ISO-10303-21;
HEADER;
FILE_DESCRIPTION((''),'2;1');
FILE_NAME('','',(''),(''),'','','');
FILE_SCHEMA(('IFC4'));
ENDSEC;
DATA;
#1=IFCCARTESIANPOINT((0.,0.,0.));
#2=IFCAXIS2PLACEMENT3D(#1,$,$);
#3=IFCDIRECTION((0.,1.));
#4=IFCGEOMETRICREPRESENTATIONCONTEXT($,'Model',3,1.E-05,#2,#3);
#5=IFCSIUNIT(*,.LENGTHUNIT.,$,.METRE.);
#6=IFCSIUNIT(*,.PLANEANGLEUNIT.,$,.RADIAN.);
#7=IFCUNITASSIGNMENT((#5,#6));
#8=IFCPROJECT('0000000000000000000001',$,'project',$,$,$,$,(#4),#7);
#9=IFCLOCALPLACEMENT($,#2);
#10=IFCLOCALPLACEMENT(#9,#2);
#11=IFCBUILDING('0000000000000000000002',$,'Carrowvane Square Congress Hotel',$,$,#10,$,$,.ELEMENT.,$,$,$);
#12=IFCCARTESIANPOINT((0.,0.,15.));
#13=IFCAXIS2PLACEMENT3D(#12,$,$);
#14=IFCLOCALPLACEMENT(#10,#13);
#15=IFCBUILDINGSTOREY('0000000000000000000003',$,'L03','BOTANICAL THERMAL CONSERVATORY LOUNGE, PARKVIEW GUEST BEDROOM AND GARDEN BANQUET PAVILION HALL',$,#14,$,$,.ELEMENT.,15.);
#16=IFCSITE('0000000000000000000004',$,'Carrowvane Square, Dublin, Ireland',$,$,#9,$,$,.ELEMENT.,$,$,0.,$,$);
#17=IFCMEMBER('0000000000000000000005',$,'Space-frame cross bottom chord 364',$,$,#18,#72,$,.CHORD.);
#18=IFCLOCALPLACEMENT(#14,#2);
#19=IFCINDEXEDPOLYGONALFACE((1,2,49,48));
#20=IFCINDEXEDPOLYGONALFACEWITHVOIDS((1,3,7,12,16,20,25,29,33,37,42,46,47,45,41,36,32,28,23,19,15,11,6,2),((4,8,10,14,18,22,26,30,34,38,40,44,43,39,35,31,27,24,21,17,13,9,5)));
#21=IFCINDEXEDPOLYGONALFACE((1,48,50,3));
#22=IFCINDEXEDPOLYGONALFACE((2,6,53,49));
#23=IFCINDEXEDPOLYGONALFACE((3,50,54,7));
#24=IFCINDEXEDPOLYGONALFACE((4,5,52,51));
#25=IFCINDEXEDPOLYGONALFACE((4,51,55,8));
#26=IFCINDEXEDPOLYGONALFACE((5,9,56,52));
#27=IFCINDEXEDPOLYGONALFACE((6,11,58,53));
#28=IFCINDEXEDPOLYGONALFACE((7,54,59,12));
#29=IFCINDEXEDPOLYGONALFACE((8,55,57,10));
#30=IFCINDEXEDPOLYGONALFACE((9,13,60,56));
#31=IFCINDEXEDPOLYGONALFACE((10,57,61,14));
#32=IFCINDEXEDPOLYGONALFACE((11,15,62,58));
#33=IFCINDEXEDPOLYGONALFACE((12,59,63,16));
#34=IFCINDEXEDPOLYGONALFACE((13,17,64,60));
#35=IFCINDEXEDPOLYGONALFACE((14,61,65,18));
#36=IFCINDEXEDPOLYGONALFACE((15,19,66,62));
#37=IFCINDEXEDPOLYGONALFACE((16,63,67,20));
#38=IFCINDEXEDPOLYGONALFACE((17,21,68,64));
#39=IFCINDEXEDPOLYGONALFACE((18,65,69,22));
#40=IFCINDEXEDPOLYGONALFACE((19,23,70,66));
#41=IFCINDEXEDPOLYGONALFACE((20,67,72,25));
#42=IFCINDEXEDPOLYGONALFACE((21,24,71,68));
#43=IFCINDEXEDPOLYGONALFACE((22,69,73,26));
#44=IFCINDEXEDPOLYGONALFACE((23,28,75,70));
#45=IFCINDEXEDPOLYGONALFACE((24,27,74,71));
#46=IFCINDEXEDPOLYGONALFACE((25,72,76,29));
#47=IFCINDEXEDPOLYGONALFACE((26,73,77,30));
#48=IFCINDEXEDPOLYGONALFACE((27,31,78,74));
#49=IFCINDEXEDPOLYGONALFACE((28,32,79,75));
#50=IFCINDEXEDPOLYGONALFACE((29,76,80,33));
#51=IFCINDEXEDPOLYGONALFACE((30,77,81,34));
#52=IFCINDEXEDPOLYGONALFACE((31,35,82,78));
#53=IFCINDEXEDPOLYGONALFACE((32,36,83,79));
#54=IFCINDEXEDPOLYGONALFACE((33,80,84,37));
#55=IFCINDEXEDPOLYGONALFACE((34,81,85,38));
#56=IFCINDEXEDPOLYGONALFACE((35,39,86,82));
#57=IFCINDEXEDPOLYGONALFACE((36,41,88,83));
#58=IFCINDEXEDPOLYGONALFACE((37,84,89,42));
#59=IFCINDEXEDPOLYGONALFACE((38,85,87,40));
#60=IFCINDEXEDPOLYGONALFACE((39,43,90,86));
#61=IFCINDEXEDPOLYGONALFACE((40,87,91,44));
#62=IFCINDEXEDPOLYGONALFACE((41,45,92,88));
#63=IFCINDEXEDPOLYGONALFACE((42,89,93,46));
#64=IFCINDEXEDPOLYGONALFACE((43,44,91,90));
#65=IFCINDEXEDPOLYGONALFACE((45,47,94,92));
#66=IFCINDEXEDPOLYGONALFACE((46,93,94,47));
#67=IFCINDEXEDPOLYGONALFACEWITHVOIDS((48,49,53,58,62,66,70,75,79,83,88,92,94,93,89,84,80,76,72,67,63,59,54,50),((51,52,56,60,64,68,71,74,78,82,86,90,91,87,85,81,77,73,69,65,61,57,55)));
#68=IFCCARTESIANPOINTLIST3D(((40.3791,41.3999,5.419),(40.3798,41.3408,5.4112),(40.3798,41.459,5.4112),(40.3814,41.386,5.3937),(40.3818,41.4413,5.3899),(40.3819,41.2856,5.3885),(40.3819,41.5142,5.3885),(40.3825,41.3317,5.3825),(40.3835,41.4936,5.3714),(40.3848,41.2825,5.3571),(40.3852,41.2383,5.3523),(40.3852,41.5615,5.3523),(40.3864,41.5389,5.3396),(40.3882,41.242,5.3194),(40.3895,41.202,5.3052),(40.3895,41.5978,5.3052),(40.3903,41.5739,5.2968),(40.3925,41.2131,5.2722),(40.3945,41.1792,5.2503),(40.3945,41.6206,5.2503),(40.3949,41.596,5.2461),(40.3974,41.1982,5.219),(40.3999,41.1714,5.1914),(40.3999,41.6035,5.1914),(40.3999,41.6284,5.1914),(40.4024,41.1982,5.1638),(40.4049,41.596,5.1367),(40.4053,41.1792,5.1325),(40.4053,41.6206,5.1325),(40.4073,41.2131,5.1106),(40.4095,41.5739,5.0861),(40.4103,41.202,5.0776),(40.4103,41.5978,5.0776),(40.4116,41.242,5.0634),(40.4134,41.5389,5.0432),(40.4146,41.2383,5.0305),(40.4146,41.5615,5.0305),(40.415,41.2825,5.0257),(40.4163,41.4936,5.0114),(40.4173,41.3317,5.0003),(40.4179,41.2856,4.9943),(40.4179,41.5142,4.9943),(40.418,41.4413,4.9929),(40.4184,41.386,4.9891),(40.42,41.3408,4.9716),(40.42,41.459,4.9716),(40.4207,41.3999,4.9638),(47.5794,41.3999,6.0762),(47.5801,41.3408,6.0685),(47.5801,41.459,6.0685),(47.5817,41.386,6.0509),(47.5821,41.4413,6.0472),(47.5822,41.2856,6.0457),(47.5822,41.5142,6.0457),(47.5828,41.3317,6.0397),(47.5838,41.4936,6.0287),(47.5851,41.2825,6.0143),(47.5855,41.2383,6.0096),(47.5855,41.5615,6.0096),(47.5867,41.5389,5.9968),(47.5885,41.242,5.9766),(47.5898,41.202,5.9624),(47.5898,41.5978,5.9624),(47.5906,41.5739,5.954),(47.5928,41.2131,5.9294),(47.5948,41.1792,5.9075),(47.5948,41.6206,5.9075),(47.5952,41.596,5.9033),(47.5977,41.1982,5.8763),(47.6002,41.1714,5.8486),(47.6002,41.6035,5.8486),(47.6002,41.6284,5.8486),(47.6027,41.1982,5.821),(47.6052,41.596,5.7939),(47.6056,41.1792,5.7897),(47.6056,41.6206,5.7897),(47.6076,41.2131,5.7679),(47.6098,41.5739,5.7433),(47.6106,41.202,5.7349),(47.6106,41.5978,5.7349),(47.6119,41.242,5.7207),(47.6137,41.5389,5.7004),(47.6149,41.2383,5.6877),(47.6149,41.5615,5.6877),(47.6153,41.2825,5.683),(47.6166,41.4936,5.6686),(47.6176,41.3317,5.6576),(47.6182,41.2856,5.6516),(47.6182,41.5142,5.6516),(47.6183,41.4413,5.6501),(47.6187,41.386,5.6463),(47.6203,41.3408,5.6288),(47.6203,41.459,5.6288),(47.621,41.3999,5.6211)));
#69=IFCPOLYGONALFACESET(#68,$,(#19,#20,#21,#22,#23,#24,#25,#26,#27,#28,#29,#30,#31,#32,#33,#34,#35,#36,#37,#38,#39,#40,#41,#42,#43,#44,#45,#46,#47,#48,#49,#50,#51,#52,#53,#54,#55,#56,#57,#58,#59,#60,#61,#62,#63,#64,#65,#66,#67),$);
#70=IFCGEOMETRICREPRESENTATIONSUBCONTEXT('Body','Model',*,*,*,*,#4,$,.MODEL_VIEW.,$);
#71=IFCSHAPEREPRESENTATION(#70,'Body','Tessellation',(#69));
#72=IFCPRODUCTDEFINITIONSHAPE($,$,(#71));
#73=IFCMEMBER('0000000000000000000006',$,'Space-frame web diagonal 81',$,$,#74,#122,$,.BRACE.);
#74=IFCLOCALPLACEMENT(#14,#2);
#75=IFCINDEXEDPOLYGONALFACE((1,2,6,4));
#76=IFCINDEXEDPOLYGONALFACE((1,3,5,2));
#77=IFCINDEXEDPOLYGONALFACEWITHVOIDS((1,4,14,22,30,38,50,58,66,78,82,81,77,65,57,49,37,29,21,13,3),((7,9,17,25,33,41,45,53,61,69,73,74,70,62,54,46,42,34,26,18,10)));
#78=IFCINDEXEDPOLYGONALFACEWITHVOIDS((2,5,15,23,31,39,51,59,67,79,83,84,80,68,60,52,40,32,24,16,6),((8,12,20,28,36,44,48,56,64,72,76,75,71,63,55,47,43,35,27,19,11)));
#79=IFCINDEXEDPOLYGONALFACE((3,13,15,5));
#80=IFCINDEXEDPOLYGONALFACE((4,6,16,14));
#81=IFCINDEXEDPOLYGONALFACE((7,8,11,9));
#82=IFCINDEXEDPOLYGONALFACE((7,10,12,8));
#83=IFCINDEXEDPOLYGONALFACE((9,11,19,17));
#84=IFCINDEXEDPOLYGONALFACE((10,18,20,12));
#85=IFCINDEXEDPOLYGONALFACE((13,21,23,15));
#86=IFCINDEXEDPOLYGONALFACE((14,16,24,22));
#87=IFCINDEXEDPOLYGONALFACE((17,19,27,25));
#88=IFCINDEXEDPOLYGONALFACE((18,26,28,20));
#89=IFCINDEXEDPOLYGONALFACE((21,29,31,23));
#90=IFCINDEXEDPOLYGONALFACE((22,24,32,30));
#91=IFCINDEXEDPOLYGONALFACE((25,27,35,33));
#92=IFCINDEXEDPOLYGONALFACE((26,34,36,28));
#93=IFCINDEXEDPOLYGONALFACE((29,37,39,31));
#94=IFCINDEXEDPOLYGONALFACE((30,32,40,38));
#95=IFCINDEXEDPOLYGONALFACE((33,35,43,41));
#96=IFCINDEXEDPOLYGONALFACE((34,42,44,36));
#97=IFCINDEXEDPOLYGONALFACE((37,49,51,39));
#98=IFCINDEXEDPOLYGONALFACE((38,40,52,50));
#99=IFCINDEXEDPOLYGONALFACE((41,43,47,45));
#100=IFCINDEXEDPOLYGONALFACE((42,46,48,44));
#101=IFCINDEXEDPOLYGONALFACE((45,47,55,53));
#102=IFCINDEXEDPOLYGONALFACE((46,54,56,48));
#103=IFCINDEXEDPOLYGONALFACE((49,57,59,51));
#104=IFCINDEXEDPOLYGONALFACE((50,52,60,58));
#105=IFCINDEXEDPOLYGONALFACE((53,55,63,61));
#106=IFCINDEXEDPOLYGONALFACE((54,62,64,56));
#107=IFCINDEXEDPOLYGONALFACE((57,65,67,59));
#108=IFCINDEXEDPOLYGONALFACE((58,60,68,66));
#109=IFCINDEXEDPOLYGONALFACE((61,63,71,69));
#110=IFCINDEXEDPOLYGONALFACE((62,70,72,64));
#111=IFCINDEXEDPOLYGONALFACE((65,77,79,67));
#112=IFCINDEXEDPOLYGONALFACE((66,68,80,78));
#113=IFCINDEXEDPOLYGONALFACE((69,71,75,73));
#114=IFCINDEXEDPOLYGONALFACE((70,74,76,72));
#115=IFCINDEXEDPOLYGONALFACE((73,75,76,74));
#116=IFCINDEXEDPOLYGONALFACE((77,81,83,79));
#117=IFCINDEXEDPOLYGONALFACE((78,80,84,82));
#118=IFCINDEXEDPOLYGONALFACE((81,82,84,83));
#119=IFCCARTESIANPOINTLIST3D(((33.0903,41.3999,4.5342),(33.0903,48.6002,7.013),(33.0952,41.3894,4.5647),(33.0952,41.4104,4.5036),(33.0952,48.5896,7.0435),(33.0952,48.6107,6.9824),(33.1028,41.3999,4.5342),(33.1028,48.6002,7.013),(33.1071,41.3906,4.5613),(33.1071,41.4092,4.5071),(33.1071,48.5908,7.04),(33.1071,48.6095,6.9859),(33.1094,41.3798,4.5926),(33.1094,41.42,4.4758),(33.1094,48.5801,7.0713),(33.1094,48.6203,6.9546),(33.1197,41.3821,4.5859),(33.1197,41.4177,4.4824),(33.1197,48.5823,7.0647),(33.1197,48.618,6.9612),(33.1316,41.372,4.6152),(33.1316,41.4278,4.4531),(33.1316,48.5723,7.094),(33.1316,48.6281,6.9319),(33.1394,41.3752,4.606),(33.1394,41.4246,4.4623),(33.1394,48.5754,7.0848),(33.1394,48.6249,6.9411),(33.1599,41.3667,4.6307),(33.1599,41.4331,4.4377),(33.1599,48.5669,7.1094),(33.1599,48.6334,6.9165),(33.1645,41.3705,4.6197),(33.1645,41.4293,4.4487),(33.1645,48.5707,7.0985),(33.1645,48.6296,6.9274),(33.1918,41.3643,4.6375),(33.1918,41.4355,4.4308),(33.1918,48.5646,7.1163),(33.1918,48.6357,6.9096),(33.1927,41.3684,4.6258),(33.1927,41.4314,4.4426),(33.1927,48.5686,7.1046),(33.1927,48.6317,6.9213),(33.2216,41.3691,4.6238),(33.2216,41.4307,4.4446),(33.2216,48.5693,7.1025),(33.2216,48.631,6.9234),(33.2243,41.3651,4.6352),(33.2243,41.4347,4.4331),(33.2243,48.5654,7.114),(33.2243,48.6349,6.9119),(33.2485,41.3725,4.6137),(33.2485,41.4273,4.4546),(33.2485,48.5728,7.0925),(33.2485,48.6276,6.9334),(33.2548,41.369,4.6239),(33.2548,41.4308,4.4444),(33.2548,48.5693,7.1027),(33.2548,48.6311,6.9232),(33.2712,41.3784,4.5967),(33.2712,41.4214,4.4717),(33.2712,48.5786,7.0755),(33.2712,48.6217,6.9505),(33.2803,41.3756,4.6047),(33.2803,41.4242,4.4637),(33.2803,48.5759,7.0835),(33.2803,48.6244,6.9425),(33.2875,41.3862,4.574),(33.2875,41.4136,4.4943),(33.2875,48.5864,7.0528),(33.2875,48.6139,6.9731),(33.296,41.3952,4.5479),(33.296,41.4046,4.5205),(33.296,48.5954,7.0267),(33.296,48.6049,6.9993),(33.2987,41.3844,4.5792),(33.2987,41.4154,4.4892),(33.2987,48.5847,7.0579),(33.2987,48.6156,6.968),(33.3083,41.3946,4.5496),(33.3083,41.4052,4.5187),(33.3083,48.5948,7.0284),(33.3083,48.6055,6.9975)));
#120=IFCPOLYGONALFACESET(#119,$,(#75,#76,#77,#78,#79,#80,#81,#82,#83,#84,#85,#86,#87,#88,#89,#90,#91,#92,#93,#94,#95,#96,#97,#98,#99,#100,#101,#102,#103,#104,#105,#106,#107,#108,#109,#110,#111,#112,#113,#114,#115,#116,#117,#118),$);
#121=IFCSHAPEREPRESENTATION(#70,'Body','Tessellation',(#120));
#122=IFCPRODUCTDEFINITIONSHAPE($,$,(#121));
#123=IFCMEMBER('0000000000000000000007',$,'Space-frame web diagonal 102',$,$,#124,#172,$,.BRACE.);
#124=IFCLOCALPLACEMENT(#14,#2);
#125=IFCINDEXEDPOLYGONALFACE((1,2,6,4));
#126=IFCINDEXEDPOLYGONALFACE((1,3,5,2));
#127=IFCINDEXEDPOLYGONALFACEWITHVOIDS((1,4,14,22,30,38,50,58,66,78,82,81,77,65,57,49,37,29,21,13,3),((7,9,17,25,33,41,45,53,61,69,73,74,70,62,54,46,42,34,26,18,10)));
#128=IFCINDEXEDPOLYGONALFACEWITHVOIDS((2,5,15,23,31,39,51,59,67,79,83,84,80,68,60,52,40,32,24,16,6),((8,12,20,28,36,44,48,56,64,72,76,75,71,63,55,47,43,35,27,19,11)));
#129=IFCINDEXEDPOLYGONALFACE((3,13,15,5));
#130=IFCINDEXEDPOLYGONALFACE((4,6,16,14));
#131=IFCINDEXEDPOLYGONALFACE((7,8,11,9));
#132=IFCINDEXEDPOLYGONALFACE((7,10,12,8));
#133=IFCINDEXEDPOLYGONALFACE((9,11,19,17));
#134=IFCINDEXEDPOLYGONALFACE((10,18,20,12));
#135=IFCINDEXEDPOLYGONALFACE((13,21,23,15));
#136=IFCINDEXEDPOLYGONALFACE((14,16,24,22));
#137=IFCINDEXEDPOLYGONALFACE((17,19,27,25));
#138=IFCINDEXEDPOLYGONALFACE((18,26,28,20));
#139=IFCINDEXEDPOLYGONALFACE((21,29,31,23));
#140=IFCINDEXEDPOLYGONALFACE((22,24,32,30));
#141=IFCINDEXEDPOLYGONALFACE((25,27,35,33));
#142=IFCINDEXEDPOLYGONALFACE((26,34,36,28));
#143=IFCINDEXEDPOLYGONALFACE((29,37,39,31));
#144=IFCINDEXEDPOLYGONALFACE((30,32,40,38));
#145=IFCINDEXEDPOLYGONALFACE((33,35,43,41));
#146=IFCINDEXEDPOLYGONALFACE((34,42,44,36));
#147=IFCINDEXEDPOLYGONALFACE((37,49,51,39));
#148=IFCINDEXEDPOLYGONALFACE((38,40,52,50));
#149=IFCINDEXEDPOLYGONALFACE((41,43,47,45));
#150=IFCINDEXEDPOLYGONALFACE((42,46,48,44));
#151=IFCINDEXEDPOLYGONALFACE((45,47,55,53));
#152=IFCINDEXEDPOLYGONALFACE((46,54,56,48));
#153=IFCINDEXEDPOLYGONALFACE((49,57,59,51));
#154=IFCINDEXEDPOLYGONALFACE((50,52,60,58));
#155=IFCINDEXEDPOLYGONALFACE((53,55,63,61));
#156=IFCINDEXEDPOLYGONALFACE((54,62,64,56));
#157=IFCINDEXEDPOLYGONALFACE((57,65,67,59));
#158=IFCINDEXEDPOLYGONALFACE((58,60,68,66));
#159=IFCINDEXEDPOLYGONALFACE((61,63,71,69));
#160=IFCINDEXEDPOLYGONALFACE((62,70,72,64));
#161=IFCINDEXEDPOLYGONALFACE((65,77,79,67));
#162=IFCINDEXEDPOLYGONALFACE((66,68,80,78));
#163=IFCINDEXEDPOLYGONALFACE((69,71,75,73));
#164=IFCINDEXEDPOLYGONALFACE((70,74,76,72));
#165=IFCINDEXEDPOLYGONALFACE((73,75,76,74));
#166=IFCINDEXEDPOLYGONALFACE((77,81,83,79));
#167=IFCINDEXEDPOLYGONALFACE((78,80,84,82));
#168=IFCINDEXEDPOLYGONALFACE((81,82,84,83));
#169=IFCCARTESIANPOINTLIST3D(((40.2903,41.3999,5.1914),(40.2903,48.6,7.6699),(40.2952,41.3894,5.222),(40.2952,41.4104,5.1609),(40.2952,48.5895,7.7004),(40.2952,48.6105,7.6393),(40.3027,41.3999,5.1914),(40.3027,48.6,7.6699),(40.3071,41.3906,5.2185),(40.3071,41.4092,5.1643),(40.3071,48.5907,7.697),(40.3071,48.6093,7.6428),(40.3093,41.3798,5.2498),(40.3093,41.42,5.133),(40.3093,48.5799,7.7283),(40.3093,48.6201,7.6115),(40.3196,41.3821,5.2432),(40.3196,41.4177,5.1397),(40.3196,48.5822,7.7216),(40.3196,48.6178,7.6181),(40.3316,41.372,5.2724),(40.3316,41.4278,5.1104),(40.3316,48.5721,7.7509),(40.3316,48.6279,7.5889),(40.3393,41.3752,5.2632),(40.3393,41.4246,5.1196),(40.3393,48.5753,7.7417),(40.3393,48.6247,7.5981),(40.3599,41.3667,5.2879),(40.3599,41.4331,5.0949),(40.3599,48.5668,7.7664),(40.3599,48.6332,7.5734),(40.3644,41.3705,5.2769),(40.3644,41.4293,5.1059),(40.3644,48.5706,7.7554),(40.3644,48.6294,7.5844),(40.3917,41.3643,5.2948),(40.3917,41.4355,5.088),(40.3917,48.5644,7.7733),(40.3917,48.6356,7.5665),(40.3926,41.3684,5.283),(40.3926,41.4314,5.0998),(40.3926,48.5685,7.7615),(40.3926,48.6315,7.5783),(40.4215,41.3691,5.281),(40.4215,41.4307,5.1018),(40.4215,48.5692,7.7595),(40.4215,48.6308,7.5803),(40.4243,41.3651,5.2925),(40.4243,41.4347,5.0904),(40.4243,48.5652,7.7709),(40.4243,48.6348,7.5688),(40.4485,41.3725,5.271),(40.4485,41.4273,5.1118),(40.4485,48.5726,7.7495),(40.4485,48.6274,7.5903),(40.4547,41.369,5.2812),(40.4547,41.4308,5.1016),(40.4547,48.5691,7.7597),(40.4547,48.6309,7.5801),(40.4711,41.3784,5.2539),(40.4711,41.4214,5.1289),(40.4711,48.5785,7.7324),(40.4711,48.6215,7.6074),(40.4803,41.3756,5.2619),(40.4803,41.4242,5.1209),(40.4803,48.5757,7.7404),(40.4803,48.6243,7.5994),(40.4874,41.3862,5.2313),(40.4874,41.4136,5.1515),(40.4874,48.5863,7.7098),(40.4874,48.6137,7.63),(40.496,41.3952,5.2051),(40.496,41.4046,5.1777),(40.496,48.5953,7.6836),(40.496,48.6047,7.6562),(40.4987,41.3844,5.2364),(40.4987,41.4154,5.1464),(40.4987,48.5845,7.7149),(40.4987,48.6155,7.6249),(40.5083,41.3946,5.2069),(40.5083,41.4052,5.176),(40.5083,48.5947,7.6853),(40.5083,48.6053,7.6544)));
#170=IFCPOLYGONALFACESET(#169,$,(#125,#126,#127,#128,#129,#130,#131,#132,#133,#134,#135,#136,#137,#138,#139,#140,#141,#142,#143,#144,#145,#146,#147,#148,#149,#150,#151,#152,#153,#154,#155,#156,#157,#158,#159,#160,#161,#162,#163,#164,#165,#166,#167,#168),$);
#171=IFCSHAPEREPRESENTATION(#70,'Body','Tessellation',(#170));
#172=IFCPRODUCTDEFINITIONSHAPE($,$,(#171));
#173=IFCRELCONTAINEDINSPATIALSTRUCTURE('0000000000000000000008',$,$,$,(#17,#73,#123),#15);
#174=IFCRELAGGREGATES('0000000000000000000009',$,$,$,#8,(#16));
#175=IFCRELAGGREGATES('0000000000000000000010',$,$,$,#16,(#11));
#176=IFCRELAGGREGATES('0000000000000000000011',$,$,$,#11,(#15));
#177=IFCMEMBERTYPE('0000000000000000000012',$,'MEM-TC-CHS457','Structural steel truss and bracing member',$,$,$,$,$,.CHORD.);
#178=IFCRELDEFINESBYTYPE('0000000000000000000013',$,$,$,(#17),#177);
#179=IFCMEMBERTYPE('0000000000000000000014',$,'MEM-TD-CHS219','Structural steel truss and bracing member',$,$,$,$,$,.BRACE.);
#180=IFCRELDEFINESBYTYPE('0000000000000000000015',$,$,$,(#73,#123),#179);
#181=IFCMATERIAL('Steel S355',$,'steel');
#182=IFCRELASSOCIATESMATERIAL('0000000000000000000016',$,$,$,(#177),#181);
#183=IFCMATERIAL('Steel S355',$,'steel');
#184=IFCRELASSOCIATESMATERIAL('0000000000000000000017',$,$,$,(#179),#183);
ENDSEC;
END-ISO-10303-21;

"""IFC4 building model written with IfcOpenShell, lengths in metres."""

from ifc_helpers import new_model, si_unit, direction, frame, origin, origin_2d, place, context, subcontext, project, spatial, hollow_circle, extrude, material, material_profile, profile_set, type_object, element, save


model = new_model("IFC4")

# Units and contexts
model_context = context("Model", 3, precision=1e-05, world=origin(), true_north=direction((0.0, 1.0)))
body_context = subcontext(model_context, "Body", "Model", "MODEL_VIEW")
ifc_project = project(units=[si_unit("LENGTHUNIT", "METRE"), si_unit("PLANEANGLEUNIT", "RADIAN")], contexts=[model_context])

# Site, building, storey
site_placement = place(None, origin())
site = spatial("IfcSite", under=ifc_project, at=site_placement, Name="Carrowvane Square, Dublin, Ireland", CompositionType="ELEMENT", RefElevation=0.0)
building_placement = place(site_placement, origin())
building = spatial("IfcBuilding", under=site, at=building_placement, Name="Carrowvane Square Congress Hotel", CompositionType="ELEMENT")
storey_placement = place(building_placement, frame((0.0, 0.0, 15.0)))
storey = spatial("IfcBuildingStorey", under=building, at=storey_placement, Name="L03", Description="BOTANICAL THERMAL CONSERVATORY LOUNGE, PARKVIEW GUEST BEDROOM AND GARDEN BANQUET PAVILION HALL", CompositionType="ELEMENT", Elevation=15.0)

# Members
ifc_material_1 = material(Name="Steel S355", Category="steel")
ifc_material_profile_1 = material_profile(ifc_material_1, hollow_circle(Radius=0.2285, WallThickness=0.0249, at=origin_2d()), Name="CHS 457.0x25")
ifc_profile_set_1 = profile_set([ifc_material_profile_1], Name="Steel S355")
member_type_1 = type_object("IfcMemberType", Name="MEM-TC-CHS457", Description="Structural steel truss and bracing member", PredefinedType="CHORD", material=ifc_profile_set_1)
member_1_placement = place(storey_placement, frame((40.3999, 41.3999, 5.1914), z_axis=(0.99586, 0.0, 0.090901), x_axis=(0.0, 1.0, 0.0)))
element("IfcMember", 1, at=member_1_placement, inside=storey, type_object=member_type_1, Name="Space-frame cross bottom chord 364", PredefinedType="CHORD", context=body_context, shape_type="SweptSolid", body=[
    extrude(hollow_circle(Radius=0.2285, WallThickness=0.0249, at=origin_2d()), origin(), (0.0, 0.0, 1.0), 7.2302),
])
ifc_material_2 = material(Name="Steel S355", Category="steel")
ifc_material_profile_2 = material_profile(ifc_material_2, hollow_circle(Radius=0.1096, WallThickness=0.0125, at=origin_2d()), Name="CHS 219.1x12.5")
ifc_profile_set_2 = profile_set([ifc_material_profile_2], Name="Steel S355")
member_type_2 = type_object("IfcMemberType", Name="MEM-TD-CHS219", Description="Structural steel truss and bracing member", PredefinedType="BRACE", material=ifc_profile_set_2)
member_2_placement = place(storey_placement, frame((33.2, 41.3999, 4.5342), z_axis=(0.0, 0.945537, 0.325513), x_axis=(-1.0, 0.0, 0.0)))
element("IfcMember", 2, at=member_2_placement, inside=storey, type_object=member_type_2, Name="Space-frame web diagonal 81", PredefinedType="BRACE", context=body_context, shape_type="SweptSolid", body=[
    extrude(hollow_circle(Radius=0.1096, WallThickness=0.0125, at=origin_2d()), origin(), (0.0, 0.0, 1.0), 7.615),
])
member_3_placement = place(storey_placement, frame((40.3999, 41.3999, 5.1914), z_axis=(0.0, 0.945547, 0.325485), x_axis=(-1.0, 0.0, 0.0)))
element("IfcMember", 3, at=member_3_placement, inside=storey, type_object=member_type_2, Name="Space-frame web diagonal 102", PredefinedType="BRACE", context=body_context, shape_type="SweptSolid", body=[
    extrude(hollow_circle(Radius=0.1096, WallThickness=0.0125, at=origin_2d()), origin(), (0.0, 0.0, 1.0), 7.6147),
])

save(model, "model.ifc")
